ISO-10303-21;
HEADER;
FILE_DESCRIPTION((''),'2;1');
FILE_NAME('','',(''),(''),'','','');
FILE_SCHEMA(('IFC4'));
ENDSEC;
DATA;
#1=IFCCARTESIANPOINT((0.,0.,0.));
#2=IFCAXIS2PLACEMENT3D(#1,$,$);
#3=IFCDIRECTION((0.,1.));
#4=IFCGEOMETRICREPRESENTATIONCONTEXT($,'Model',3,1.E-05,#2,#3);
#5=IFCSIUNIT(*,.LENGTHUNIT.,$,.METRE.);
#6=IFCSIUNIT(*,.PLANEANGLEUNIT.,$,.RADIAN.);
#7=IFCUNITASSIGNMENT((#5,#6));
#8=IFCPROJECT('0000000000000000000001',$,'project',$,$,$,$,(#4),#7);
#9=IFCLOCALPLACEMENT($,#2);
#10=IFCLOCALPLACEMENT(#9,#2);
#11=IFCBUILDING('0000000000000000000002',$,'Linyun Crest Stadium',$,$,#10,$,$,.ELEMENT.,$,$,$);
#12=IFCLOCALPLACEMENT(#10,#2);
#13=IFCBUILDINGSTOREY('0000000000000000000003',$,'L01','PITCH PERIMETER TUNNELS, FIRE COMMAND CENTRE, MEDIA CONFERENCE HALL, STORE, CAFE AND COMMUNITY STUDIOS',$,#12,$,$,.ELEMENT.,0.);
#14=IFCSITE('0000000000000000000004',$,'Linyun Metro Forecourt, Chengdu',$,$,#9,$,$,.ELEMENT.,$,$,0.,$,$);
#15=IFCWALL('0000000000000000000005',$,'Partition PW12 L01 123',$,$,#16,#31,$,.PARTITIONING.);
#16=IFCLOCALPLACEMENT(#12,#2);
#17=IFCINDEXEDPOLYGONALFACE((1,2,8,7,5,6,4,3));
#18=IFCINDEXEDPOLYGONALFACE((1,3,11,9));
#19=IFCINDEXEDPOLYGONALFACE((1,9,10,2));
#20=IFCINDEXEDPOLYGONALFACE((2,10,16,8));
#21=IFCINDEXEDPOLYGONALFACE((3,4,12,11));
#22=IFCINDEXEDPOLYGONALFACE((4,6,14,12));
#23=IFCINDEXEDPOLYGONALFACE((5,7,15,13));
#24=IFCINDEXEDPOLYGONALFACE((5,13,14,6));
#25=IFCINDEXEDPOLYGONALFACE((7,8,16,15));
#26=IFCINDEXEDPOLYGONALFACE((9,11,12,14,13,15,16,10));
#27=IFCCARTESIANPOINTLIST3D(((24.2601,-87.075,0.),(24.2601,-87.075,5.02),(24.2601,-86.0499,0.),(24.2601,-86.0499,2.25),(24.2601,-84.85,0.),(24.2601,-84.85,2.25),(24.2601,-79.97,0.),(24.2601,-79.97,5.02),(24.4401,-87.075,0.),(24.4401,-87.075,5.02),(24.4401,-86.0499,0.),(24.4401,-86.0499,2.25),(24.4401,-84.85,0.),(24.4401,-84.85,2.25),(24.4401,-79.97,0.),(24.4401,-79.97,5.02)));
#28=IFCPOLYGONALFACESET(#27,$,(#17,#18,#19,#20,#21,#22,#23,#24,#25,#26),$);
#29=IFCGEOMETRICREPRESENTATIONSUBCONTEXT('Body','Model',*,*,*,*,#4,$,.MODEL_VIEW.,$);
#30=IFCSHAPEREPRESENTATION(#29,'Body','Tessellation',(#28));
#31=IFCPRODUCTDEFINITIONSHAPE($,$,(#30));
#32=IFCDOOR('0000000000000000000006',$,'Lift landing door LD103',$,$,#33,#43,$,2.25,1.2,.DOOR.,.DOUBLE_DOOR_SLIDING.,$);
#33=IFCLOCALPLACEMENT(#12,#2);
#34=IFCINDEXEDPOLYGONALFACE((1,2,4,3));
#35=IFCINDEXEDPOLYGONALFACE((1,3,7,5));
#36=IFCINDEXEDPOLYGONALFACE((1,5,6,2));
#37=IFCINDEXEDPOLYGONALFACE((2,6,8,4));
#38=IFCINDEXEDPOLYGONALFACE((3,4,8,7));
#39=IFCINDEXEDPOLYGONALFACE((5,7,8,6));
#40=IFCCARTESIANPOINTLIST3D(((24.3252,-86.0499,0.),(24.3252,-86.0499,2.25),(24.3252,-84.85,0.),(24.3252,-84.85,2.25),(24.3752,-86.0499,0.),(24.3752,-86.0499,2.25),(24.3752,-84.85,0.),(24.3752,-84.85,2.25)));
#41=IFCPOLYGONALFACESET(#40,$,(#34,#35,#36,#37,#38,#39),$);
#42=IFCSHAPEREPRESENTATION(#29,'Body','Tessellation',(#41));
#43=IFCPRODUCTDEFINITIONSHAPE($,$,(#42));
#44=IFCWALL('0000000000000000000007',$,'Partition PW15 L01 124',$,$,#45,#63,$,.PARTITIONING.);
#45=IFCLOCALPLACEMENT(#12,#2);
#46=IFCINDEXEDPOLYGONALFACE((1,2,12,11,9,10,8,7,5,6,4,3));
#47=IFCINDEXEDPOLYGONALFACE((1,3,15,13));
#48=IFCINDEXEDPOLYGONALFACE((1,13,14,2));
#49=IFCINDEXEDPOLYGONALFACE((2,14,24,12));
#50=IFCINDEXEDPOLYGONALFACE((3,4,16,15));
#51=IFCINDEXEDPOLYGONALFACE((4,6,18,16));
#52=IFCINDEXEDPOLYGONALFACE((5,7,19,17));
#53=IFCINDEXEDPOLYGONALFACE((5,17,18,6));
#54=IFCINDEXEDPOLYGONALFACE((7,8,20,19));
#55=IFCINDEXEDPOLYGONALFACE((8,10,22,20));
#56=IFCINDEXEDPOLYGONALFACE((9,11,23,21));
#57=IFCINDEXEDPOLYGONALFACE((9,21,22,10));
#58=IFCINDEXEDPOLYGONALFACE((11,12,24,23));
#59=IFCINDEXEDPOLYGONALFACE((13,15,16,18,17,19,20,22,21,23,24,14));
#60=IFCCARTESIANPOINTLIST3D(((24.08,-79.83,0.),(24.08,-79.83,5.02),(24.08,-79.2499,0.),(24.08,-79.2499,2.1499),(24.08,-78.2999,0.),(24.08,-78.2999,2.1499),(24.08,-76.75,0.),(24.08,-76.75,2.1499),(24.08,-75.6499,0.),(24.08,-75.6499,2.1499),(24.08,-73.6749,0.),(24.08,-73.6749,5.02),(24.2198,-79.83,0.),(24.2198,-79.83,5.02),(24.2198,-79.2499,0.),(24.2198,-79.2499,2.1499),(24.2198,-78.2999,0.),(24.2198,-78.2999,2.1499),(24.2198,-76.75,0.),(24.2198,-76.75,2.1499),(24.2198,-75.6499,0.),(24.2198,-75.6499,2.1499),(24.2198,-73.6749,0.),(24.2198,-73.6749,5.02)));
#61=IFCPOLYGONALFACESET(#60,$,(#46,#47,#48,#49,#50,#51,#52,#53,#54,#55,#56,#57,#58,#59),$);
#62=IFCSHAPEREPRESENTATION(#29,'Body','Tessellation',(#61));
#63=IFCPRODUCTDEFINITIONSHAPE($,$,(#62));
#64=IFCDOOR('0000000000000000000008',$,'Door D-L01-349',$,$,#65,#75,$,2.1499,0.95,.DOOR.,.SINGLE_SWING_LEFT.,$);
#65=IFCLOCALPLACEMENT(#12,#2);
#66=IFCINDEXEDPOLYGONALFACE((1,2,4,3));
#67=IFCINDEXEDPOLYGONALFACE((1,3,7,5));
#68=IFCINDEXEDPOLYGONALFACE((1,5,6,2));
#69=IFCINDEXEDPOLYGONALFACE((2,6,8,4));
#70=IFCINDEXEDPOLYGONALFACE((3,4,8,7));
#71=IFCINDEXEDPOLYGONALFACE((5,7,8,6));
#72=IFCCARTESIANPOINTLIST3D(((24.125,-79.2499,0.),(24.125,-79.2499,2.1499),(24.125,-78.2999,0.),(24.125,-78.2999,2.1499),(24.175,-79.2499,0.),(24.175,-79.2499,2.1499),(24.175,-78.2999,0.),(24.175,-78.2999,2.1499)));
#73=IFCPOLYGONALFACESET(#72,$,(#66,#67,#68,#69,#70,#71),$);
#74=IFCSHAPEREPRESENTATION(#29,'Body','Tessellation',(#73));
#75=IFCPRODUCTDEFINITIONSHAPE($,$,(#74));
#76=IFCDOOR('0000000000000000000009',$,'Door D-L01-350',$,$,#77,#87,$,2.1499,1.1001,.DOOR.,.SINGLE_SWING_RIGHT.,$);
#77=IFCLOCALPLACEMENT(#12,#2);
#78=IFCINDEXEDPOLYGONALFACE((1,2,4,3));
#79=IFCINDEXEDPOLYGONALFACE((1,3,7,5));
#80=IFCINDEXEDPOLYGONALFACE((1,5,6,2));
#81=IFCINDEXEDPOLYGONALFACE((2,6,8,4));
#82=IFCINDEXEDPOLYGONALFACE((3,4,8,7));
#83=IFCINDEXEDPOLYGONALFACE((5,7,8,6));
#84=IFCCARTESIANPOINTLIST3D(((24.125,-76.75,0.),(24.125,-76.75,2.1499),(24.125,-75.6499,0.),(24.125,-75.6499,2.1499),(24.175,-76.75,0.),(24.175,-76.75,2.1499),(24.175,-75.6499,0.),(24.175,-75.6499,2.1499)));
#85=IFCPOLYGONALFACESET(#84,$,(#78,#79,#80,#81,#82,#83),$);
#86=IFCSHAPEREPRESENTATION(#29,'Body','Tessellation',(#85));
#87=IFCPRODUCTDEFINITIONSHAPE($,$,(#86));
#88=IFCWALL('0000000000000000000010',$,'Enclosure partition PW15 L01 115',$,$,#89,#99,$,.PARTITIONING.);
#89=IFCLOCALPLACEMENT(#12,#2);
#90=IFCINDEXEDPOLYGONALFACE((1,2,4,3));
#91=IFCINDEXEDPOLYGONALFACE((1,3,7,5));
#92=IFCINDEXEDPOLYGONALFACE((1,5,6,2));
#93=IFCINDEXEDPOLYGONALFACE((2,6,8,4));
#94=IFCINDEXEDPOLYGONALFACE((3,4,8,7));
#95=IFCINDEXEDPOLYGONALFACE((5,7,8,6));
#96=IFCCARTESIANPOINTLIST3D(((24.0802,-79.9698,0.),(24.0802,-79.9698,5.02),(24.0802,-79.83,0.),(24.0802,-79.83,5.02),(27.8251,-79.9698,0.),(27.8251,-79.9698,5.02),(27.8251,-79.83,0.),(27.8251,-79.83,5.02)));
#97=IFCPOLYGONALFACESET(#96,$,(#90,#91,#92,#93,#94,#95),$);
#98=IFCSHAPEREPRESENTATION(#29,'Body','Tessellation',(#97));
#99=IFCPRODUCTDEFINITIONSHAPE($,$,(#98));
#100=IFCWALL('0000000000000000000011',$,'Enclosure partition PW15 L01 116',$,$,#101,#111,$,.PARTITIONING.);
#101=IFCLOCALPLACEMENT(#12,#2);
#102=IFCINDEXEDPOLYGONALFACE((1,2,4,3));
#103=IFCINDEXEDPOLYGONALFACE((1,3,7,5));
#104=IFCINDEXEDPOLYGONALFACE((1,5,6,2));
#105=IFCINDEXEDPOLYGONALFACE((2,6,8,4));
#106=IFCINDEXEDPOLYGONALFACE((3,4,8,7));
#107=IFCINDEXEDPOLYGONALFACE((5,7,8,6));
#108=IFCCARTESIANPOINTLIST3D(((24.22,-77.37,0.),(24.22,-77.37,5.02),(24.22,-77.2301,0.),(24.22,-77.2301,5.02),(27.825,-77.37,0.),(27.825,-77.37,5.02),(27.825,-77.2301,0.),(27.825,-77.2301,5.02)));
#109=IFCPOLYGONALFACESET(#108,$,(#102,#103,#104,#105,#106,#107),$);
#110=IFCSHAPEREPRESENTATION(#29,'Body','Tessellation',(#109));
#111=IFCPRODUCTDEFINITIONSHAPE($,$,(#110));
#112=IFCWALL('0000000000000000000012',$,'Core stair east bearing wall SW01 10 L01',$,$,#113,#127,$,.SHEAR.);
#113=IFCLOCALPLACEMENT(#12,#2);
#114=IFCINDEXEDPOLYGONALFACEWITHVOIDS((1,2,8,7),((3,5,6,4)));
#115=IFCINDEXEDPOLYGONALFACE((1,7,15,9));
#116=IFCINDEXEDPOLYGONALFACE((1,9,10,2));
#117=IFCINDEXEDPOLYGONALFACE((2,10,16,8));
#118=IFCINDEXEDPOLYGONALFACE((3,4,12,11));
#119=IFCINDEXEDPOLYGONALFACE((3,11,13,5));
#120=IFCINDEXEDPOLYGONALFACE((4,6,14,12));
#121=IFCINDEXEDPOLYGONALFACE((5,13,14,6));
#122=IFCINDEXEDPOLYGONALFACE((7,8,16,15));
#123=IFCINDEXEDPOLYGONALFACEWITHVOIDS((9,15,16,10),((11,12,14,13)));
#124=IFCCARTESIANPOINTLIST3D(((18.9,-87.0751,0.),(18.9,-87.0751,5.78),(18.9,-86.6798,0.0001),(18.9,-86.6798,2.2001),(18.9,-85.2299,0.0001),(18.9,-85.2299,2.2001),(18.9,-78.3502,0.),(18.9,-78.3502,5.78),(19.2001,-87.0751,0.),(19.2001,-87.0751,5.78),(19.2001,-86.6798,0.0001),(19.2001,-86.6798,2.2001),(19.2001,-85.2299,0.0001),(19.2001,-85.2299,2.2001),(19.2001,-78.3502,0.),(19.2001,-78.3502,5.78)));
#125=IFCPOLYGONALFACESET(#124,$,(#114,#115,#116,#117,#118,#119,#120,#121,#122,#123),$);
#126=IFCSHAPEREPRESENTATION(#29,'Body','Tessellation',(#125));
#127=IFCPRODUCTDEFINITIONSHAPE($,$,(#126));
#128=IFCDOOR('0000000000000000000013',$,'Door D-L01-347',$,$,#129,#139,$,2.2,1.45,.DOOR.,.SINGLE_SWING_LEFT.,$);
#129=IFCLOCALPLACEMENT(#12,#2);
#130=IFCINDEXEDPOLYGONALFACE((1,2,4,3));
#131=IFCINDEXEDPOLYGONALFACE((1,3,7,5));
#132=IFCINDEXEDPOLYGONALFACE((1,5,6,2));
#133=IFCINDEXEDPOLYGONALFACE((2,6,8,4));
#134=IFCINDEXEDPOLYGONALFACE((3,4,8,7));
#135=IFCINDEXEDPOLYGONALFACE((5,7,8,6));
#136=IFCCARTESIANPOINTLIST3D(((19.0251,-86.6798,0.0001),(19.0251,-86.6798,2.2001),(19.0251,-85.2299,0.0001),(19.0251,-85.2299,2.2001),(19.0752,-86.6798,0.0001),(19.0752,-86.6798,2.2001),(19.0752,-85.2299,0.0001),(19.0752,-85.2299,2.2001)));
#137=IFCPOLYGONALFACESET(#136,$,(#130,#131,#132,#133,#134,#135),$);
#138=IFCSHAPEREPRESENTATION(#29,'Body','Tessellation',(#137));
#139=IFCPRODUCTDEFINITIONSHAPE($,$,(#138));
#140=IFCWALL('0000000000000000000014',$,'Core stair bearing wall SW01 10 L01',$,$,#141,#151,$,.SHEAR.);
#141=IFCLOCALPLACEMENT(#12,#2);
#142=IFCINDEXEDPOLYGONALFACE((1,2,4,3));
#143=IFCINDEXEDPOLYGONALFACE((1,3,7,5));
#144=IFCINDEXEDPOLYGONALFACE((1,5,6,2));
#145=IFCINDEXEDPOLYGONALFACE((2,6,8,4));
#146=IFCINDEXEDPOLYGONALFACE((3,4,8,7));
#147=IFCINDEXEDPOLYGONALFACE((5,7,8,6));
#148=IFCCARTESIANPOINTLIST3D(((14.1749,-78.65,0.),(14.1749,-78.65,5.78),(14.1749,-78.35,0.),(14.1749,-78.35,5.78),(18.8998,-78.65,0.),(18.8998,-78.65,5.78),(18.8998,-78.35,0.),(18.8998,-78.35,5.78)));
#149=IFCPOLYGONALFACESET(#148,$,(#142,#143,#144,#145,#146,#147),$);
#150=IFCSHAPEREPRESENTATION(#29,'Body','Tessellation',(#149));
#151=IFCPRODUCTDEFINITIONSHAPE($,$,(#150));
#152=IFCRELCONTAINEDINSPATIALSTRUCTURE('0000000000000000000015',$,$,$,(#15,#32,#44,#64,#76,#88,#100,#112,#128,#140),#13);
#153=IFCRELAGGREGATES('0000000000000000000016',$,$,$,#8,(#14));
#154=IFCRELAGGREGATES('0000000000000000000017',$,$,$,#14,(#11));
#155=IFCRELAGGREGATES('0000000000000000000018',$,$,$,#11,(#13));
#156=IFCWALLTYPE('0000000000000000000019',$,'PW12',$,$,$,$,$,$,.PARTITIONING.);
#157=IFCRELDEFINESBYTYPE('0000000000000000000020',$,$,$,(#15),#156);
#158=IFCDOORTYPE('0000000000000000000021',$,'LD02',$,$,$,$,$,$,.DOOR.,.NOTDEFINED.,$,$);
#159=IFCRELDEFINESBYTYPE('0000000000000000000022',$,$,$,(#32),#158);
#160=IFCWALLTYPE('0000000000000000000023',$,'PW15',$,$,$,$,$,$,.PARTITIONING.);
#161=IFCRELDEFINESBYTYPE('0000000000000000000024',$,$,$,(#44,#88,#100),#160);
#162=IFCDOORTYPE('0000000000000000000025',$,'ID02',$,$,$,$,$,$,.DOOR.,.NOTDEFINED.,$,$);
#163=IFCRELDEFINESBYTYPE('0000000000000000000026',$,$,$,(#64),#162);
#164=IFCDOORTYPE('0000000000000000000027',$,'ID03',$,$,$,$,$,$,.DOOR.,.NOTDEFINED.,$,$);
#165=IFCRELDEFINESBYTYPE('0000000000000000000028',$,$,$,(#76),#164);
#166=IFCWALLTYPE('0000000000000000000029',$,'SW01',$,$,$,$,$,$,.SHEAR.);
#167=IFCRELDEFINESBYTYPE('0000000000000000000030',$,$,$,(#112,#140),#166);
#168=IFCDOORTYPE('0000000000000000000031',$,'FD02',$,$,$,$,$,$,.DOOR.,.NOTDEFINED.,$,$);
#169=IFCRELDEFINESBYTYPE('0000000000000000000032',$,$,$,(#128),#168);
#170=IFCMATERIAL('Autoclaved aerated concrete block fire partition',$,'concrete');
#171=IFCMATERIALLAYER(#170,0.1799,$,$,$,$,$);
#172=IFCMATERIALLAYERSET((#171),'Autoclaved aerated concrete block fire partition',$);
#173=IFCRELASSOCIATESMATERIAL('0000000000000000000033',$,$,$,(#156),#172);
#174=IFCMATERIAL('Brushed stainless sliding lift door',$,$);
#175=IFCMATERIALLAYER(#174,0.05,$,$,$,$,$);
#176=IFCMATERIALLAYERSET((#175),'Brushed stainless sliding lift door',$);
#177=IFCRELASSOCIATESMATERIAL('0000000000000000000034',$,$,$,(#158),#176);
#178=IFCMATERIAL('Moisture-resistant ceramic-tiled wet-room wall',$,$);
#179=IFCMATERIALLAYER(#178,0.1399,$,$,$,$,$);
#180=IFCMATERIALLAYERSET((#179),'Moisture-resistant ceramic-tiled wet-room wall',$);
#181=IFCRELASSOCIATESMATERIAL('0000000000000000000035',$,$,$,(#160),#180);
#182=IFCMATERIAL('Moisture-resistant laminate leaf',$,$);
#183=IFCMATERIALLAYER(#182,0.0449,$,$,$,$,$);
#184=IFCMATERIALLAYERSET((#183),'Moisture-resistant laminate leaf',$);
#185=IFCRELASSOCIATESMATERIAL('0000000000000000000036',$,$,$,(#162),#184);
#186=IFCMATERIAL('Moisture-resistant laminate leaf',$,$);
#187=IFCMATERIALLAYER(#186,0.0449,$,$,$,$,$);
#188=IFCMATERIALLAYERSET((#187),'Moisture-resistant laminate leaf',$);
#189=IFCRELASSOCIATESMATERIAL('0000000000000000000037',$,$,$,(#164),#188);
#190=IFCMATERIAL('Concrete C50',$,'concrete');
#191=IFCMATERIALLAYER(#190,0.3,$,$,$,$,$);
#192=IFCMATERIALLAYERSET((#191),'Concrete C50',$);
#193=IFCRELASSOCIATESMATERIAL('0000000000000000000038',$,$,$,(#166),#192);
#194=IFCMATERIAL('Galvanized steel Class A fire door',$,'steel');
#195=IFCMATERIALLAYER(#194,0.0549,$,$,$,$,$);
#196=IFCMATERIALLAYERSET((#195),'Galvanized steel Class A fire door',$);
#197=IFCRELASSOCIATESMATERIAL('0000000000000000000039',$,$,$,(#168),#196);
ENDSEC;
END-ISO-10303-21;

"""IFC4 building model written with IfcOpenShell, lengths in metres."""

from ifc_helpers import new_model, si_unit, direction, frame, frame_2d, origin, place, context, subcontext, project, spatial, rectangle, extrude, material, layer, layer_set, type_object, element, fill, save


model = new_model("IFC4")

# Units and contexts
model_context = context("Model", 3, precision=1e-05, world=origin(), true_north=direction((0.0, 1.0)))
body_context = subcontext(model_context, "Body", "Model", "MODEL_VIEW")
ifc_project = project(units=[si_unit("LENGTHUNIT", "METRE"), si_unit("PLANEANGLEUNIT", "RADIAN")], contexts=[model_context])

# Site, building, storey
site_placement = place(None, origin())
site = spatial("IfcSite", under=ifc_project, at=site_placement, Name="Linyun Metro Forecourt, Chengdu", CompositionType="ELEMENT", RefElevation=0.0)
building_placement = place(site_placement, origin())
building = spatial("IfcBuilding", under=site, at=building_placement, Name="Linyun Crest Stadium", CompositionType="ELEMENT")
storey_placement = place(building_placement, origin())
storey = spatial("IfcBuildingStorey", under=building, at=storey_placement, Name="L01", Description="PITCH PERIMETER TUNNELS, FIRE COMMAND CENTRE, MEDIA CONFERENCE HALL, STORE, CAFE AND COMMUNITY STUDIOS", CompositionType="ELEMENT", Elevation=0.0)

# Wall, opening, door
ifc_material_1 = material(Name="Autoclaved aerated concrete block fire partition", Category="concrete")
ifc_layer_1 = layer(ifc_material_1, 0.1799)
ifc_layer_set_1 = layer_set([ifc_layer_1], Name="Autoclaved aerated concrete block fire partition")
wall_type_1 = type_object("IfcWallType", Name="PW12", PredefinedType="PARTITIONING", material=ifc_layer_set_1)
wall_1_placement = place(storey_placement, frame((24.3501, -87.075, 0.0), z_axis=(0.0, 0.0, 1.0), x_axis=(0.0, 1.0, 0.0)))
wall_1 = element("IfcWall", 1, at=wall_1_placement, inside=storey, type_object=wall_type_1, Name="Partition PW12 L01 123", PredefinedType="PARTITIONING", context=body_context, shape_type="SweptSolid", body=[
    extrude(rectangle(XDim=7.105, YDim=0.1799, at=frame_2d((3.5525, 0.0))), origin(), (0.0, 0.0, 1.0), 5.02),
])
opening_1_placement = place(wall_1_placement, frame((1.0249, 0.0, 0.0)))
opening_1 = element("IfcOpeningElement", 2, at=opening_1_placement, cuts=wall_1, PredefinedType="OPENING", context=body_context, shape_type="SweptSolid", body=[
    extrude(rectangle(XDim=1.2, YDim=2.25, at=frame_2d((0.6001, 1.125))), frame((0.0, 0.0999, 0.0), z_axis=(0.0, -1.0, 0.0), x_axis=(1.0, 0.0, 0.0)), (0.0, 0.0, 1.0), 0.2),
])
ifc_material_2 = material(Name="Brushed stainless sliding lift door")
ifc_layer_2 = layer(ifc_material_2, 0.05)
ifc_layer_set_2 = layer_set([ifc_layer_2], Name="Brushed stainless sliding lift door")
door_type_1 = type_object("IfcDoorType", Name="LD02", OperationType="NOTDEFINED", PredefinedType="DOOR", material=ifc_layer_set_2)
door_1_placement = place(opening_1_placement, origin())
door_1 = element("IfcDoor", 3, at=door_1_placement, inside=storey, type_object=door_type_1, Name="Lift landing door LD103", OperationType="DOUBLE_DOOR_SLIDING", OverallHeight=2.25, OverallWidth=1.2, PredefinedType="DOOR", context=body_context, shape_type="SweptSolid", body=[
    extrude(rectangle(XDim=1.2, YDim=2.25, at=frame_2d((0.6001, 1.125))), frame((0.0, 0.0249, 0.0), z_axis=(0.0, -1.0, 0.0), x_axis=(1.0, 0.0, 0.0)), (0.0, 0.0, 1.0), 0.05),
])
fill(opening_1, door_1)

# Wall, openings, doors
ifc_material_3 = material(Name="Moisture-resistant ceramic-tiled wet-room wall")
ifc_layer_3 = layer(ifc_material_3, 0.1399)
ifc_layer_set_3 = layer_set([ifc_layer_3], Name="Moisture-resistant ceramic-tiled wet-room wall")
wall_type_2 = type_object("IfcWallType", Name="PW15", PredefinedType="PARTITIONING", material=ifc_layer_set_3)
wall_2_placement = place(storey_placement, frame((24.1499, -79.8301, 0.0), z_axis=(0.0, 0.0, 1.0), x_axis=(0.0, 1.0, 0.0)))
wall_2 = element("IfcWall", 4, at=wall_2_placement, inside=storey, type_object=wall_type_2, Name="Partition PW15 L01 124", PredefinedType="PARTITIONING", context=body_context, shape_type="SweptSolid", body=[
    extrude(rectangle(XDim=6.155, YDim=0.1399, at=frame_2d((3.0776, 0.0))), origin(), (0.0, 0.0, 1.0), 5.02),
])
opening_2_placement = place(wall_2_placement, frame((0.5801, 0.0, 0.0)))
opening_2 = element("IfcOpeningElement", 5, at=opening_2_placement, cuts=wall_2, PredefinedType="OPENING", context=body_context, shape_type="SweptSolid", body=[
    extrude(rectangle(XDim=0.95, YDim=2.1499, at=frame_2d((0.4751, 1.075))), frame((0.0, 0.0798, 0.0), z_axis=(0.0, -1.0, 0.0), x_axis=(1.0, 0.0, 0.0)), (0.0, 0.0, 1.0), 0.1599),
])
opening_3_placement = place(wall_2_placement, frame((3.0801, 0.0, 0.0)))
opening_3 = element("IfcOpeningElement", 6, at=opening_3_placement, cuts=wall_2, PredefinedType="OPENING", context=body_context, shape_type="SweptSolid", body=[
    extrude(rectangle(XDim=1.1001, YDim=2.1499, at=frame_2d((0.55, 1.075))), frame((0.0, 0.0798, 0.0), z_axis=(0.0, -1.0, 0.0), x_axis=(1.0, 0.0, 0.0)), (0.0, 0.0, 1.0), 0.1599),
])
ifc_material_4 = material(Name="Moisture-resistant laminate leaf")
ifc_layer_4 = layer(ifc_material_4, 0.0449)
ifc_layer_set_4 = layer_set([ifc_layer_4], Name="Moisture-resistant laminate leaf")
door_type_2 = type_object("IfcDoorType", Name="ID02", OperationType="NOTDEFINED", PredefinedType="DOOR", material=ifc_layer_set_4)
door_2_placement = place(opening_2_placement, origin())
door_2 = element("IfcDoor", 7, at=door_2_placement, inside=storey, type_object=door_type_2, Name="Door D-L01-349", OperationType="SINGLE_SWING_LEFT", OverallHeight=2.1499, OverallWidth=0.95, PredefinedType="DOOR", context=body_context, shape_type="SweptSolid", body=[
    extrude(rectangle(XDim=0.95, YDim=2.1499, at=frame_2d((0.4751, 1.075))), frame((0.0, 0.0249, 0.0), z_axis=(0.0, -1.0, 0.0), x_axis=(1.0, 0.0, 0.0)), (0.0, 0.0, 1.0), 0.05),
])
fill(opening_2, door_2)
ifc_material_5 = material(Name="Moisture-resistant laminate leaf")
ifc_layer_5 = layer(ifc_material_5, 0.0449)
ifc_layer_set_5 = layer_set([ifc_layer_5], Name="Moisture-resistant laminate leaf")
door_type_3 = type_object("IfcDoorType", Name="ID03", OperationType="NOTDEFINED", PredefinedType="DOOR", material=ifc_layer_set_5)
door_3_placement = place(opening_3_placement, origin())
door_3 = element("IfcDoor", 8, at=door_3_placement, inside=storey, type_object=door_type_3, Name="Door D-L01-350", OperationType="SINGLE_SWING_RIGHT", OverallHeight=2.1499, OverallWidth=1.1001, PredefinedType="DOOR", context=body_context, shape_type="SweptSolid", body=[
    extrude(rectangle(XDim=1.1001, YDim=2.1499, at=frame_2d((0.55, 1.075))), frame((0.0, 0.0249, 0.0), z_axis=(0.0, -1.0, 0.0), x_axis=(1.0, 0.0, 0.0)), (0.0, 0.0, 1.0), 0.05),
])
fill(opening_3, door_3)

# Walls
wall_3_placement = place(storey_placement, frame((24.0801, -79.8999, 0.0), z_axis=(0.0, 0.0, 1.0), x_axis=(1.0, 0.0, 0.0)))
element("IfcWall", 9, at=wall_3_placement, inside=storey, type_object=wall_type_2, Name="Enclosure partition PW15 L01 115", PredefinedType="PARTITIONING", context=body_context, shape_type="SweptSolid", body=[
    extrude(rectangle(XDim=3.7449, YDim=0.1399, at=frame_2d((1.8726, 0.0))), origin(), (0.0, 0.0, 1.0), 5.02),
])
wall_4_placement = place(storey_placement, frame((24.22, -77.3, 0.0), z_axis=(0.0, 0.0, 1.0), x_axis=(1.0, 0.0, 0.0)))
element("IfcWall", 10, at=wall_4_placement, inside=storey, type_object=wall_type_2, Name="Enclosure partition PW15 L01 116", PredefinedType="PARTITIONING", context=body_context, shape_type="SweptSolid", body=[
    extrude(rectangle(XDim=3.605, YDim=0.1399, at=frame_2d((1.8025, 0.0))), origin(), (0.0, 0.0, 1.0), 5.02),
])

# Wall, opening, door
ifc_material_6 = material(Name="Concrete C50", Category="concrete")
ifc_layer_6 = layer(ifc_material_6, 0.3)
ifc_layer_set_6 = layer_set([ifc_layer_6], Name="Concrete C50")
wall_type_3 = type_object("IfcWallType", Name="SW01", PredefinedType="SHEAR", material=ifc_layer_set_6)
wall_5_placement = place(storey_placement, frame((19.05, -87.075, 0.0), z_axis=(0.0, 0.0, 1.0), x_axis=(0.0, 1.0, 0.0)))
wall_5 = element("IfcWall", 11, at=wall_5_placement, inside=storey, type_object=wall_type_3, Name="Core stair east bearing wall SW01 10 L01", PredefinedType="SHEAR", context=body_context, shape_type="SweptSolid", body=[
    extrude(rectangle(XDim=8.7249, YDim=0.3, at=frame_2d((4.3623, 0.0))), origin(), (0.0, 0.0, 1.0), 5.78),
])
opening_4_placement = place(wall_5_placement, frame((0.395, 0.0, 0.0)))
opening_4 = element("IfcOpeningElement", 12, at=opening_4_placement, cuts=wall_5, PredefinedType="OPENING", context=body_context, shape_type="SweptSolid", body=[
    extrude(rectangle(XDim=1.45, YDim=2.2, at=frame_2d((0.7251, 1.1001))), frame((0.0, 0.1599, 0.0), z_axis=(0.0, -1.0, 0.0), x_axis=(1.0, 0.0, 0.0)), (0.0, 0.0, 1.0), 0.3201),
])
ifc_material_7 = material(Name="Galvanized steel Class A fire door", Category="steel")
ifc_layer_7 = layer(ifc_material_7, 0.0549)
ifc_layer_set_7 = layer_set([ifc_layer_7], Name="Galvanized steel Class A fire door")
door_type_4 = type_object("IfcDoorType", Name="FD02", OperationType="NOTDEFINED", PredefinedType="DOOR", material=ifc_layer_set_7)
door_4_placement = place(opening_4_placement, origin())
door_4 = element("IfcDoor", 13, at=door_4_placement, inside=storey, type_object=door_type_4, Name="Door D-L01-347", OperationType="SINGLE_SWING_LEFT", OverallHeight=2.2, OverallWidth=1.45, PredefinedType="DOOR", context=body_context, shape_type="SweptSolid", body=[
    extrude(rectangle(XDim=1.45, YDim=2.2, at=frame_2d((0.7251, 1.1001))), frame((0.0, 0.0249, 0.0), z_axis=(0.0, -1.0, 0.0), x_axis=(1.0, 0.0, 0.0)), (0.0, 0.0, 1.0), 0.05),
])
fill(opening_4, door_4)

# Wall
wall_6_placement = place(storey_placement, frame((14.175, -78.5, 0.0), z_axis=(0.0, 0.0, 1.0), x_axis=(1.0, 0.0, 0.0)))
element("IfcWall", 14, at=wall_6_placement, inside=storey, type_object=wall_type_3, Name="Core stair bearing wall SW01 10 L01", PredefinedType="SHEAR", context=body_context, shape_type="SweptSolid", body=[
    extrude(rectangle(XDim=4.7249, YDim=0.3, at=frame_2d((2.3623, 0.0))), origin(), (0.0, 0.0, 1.0), 5.78),
])

save(model, "model.ifc")
